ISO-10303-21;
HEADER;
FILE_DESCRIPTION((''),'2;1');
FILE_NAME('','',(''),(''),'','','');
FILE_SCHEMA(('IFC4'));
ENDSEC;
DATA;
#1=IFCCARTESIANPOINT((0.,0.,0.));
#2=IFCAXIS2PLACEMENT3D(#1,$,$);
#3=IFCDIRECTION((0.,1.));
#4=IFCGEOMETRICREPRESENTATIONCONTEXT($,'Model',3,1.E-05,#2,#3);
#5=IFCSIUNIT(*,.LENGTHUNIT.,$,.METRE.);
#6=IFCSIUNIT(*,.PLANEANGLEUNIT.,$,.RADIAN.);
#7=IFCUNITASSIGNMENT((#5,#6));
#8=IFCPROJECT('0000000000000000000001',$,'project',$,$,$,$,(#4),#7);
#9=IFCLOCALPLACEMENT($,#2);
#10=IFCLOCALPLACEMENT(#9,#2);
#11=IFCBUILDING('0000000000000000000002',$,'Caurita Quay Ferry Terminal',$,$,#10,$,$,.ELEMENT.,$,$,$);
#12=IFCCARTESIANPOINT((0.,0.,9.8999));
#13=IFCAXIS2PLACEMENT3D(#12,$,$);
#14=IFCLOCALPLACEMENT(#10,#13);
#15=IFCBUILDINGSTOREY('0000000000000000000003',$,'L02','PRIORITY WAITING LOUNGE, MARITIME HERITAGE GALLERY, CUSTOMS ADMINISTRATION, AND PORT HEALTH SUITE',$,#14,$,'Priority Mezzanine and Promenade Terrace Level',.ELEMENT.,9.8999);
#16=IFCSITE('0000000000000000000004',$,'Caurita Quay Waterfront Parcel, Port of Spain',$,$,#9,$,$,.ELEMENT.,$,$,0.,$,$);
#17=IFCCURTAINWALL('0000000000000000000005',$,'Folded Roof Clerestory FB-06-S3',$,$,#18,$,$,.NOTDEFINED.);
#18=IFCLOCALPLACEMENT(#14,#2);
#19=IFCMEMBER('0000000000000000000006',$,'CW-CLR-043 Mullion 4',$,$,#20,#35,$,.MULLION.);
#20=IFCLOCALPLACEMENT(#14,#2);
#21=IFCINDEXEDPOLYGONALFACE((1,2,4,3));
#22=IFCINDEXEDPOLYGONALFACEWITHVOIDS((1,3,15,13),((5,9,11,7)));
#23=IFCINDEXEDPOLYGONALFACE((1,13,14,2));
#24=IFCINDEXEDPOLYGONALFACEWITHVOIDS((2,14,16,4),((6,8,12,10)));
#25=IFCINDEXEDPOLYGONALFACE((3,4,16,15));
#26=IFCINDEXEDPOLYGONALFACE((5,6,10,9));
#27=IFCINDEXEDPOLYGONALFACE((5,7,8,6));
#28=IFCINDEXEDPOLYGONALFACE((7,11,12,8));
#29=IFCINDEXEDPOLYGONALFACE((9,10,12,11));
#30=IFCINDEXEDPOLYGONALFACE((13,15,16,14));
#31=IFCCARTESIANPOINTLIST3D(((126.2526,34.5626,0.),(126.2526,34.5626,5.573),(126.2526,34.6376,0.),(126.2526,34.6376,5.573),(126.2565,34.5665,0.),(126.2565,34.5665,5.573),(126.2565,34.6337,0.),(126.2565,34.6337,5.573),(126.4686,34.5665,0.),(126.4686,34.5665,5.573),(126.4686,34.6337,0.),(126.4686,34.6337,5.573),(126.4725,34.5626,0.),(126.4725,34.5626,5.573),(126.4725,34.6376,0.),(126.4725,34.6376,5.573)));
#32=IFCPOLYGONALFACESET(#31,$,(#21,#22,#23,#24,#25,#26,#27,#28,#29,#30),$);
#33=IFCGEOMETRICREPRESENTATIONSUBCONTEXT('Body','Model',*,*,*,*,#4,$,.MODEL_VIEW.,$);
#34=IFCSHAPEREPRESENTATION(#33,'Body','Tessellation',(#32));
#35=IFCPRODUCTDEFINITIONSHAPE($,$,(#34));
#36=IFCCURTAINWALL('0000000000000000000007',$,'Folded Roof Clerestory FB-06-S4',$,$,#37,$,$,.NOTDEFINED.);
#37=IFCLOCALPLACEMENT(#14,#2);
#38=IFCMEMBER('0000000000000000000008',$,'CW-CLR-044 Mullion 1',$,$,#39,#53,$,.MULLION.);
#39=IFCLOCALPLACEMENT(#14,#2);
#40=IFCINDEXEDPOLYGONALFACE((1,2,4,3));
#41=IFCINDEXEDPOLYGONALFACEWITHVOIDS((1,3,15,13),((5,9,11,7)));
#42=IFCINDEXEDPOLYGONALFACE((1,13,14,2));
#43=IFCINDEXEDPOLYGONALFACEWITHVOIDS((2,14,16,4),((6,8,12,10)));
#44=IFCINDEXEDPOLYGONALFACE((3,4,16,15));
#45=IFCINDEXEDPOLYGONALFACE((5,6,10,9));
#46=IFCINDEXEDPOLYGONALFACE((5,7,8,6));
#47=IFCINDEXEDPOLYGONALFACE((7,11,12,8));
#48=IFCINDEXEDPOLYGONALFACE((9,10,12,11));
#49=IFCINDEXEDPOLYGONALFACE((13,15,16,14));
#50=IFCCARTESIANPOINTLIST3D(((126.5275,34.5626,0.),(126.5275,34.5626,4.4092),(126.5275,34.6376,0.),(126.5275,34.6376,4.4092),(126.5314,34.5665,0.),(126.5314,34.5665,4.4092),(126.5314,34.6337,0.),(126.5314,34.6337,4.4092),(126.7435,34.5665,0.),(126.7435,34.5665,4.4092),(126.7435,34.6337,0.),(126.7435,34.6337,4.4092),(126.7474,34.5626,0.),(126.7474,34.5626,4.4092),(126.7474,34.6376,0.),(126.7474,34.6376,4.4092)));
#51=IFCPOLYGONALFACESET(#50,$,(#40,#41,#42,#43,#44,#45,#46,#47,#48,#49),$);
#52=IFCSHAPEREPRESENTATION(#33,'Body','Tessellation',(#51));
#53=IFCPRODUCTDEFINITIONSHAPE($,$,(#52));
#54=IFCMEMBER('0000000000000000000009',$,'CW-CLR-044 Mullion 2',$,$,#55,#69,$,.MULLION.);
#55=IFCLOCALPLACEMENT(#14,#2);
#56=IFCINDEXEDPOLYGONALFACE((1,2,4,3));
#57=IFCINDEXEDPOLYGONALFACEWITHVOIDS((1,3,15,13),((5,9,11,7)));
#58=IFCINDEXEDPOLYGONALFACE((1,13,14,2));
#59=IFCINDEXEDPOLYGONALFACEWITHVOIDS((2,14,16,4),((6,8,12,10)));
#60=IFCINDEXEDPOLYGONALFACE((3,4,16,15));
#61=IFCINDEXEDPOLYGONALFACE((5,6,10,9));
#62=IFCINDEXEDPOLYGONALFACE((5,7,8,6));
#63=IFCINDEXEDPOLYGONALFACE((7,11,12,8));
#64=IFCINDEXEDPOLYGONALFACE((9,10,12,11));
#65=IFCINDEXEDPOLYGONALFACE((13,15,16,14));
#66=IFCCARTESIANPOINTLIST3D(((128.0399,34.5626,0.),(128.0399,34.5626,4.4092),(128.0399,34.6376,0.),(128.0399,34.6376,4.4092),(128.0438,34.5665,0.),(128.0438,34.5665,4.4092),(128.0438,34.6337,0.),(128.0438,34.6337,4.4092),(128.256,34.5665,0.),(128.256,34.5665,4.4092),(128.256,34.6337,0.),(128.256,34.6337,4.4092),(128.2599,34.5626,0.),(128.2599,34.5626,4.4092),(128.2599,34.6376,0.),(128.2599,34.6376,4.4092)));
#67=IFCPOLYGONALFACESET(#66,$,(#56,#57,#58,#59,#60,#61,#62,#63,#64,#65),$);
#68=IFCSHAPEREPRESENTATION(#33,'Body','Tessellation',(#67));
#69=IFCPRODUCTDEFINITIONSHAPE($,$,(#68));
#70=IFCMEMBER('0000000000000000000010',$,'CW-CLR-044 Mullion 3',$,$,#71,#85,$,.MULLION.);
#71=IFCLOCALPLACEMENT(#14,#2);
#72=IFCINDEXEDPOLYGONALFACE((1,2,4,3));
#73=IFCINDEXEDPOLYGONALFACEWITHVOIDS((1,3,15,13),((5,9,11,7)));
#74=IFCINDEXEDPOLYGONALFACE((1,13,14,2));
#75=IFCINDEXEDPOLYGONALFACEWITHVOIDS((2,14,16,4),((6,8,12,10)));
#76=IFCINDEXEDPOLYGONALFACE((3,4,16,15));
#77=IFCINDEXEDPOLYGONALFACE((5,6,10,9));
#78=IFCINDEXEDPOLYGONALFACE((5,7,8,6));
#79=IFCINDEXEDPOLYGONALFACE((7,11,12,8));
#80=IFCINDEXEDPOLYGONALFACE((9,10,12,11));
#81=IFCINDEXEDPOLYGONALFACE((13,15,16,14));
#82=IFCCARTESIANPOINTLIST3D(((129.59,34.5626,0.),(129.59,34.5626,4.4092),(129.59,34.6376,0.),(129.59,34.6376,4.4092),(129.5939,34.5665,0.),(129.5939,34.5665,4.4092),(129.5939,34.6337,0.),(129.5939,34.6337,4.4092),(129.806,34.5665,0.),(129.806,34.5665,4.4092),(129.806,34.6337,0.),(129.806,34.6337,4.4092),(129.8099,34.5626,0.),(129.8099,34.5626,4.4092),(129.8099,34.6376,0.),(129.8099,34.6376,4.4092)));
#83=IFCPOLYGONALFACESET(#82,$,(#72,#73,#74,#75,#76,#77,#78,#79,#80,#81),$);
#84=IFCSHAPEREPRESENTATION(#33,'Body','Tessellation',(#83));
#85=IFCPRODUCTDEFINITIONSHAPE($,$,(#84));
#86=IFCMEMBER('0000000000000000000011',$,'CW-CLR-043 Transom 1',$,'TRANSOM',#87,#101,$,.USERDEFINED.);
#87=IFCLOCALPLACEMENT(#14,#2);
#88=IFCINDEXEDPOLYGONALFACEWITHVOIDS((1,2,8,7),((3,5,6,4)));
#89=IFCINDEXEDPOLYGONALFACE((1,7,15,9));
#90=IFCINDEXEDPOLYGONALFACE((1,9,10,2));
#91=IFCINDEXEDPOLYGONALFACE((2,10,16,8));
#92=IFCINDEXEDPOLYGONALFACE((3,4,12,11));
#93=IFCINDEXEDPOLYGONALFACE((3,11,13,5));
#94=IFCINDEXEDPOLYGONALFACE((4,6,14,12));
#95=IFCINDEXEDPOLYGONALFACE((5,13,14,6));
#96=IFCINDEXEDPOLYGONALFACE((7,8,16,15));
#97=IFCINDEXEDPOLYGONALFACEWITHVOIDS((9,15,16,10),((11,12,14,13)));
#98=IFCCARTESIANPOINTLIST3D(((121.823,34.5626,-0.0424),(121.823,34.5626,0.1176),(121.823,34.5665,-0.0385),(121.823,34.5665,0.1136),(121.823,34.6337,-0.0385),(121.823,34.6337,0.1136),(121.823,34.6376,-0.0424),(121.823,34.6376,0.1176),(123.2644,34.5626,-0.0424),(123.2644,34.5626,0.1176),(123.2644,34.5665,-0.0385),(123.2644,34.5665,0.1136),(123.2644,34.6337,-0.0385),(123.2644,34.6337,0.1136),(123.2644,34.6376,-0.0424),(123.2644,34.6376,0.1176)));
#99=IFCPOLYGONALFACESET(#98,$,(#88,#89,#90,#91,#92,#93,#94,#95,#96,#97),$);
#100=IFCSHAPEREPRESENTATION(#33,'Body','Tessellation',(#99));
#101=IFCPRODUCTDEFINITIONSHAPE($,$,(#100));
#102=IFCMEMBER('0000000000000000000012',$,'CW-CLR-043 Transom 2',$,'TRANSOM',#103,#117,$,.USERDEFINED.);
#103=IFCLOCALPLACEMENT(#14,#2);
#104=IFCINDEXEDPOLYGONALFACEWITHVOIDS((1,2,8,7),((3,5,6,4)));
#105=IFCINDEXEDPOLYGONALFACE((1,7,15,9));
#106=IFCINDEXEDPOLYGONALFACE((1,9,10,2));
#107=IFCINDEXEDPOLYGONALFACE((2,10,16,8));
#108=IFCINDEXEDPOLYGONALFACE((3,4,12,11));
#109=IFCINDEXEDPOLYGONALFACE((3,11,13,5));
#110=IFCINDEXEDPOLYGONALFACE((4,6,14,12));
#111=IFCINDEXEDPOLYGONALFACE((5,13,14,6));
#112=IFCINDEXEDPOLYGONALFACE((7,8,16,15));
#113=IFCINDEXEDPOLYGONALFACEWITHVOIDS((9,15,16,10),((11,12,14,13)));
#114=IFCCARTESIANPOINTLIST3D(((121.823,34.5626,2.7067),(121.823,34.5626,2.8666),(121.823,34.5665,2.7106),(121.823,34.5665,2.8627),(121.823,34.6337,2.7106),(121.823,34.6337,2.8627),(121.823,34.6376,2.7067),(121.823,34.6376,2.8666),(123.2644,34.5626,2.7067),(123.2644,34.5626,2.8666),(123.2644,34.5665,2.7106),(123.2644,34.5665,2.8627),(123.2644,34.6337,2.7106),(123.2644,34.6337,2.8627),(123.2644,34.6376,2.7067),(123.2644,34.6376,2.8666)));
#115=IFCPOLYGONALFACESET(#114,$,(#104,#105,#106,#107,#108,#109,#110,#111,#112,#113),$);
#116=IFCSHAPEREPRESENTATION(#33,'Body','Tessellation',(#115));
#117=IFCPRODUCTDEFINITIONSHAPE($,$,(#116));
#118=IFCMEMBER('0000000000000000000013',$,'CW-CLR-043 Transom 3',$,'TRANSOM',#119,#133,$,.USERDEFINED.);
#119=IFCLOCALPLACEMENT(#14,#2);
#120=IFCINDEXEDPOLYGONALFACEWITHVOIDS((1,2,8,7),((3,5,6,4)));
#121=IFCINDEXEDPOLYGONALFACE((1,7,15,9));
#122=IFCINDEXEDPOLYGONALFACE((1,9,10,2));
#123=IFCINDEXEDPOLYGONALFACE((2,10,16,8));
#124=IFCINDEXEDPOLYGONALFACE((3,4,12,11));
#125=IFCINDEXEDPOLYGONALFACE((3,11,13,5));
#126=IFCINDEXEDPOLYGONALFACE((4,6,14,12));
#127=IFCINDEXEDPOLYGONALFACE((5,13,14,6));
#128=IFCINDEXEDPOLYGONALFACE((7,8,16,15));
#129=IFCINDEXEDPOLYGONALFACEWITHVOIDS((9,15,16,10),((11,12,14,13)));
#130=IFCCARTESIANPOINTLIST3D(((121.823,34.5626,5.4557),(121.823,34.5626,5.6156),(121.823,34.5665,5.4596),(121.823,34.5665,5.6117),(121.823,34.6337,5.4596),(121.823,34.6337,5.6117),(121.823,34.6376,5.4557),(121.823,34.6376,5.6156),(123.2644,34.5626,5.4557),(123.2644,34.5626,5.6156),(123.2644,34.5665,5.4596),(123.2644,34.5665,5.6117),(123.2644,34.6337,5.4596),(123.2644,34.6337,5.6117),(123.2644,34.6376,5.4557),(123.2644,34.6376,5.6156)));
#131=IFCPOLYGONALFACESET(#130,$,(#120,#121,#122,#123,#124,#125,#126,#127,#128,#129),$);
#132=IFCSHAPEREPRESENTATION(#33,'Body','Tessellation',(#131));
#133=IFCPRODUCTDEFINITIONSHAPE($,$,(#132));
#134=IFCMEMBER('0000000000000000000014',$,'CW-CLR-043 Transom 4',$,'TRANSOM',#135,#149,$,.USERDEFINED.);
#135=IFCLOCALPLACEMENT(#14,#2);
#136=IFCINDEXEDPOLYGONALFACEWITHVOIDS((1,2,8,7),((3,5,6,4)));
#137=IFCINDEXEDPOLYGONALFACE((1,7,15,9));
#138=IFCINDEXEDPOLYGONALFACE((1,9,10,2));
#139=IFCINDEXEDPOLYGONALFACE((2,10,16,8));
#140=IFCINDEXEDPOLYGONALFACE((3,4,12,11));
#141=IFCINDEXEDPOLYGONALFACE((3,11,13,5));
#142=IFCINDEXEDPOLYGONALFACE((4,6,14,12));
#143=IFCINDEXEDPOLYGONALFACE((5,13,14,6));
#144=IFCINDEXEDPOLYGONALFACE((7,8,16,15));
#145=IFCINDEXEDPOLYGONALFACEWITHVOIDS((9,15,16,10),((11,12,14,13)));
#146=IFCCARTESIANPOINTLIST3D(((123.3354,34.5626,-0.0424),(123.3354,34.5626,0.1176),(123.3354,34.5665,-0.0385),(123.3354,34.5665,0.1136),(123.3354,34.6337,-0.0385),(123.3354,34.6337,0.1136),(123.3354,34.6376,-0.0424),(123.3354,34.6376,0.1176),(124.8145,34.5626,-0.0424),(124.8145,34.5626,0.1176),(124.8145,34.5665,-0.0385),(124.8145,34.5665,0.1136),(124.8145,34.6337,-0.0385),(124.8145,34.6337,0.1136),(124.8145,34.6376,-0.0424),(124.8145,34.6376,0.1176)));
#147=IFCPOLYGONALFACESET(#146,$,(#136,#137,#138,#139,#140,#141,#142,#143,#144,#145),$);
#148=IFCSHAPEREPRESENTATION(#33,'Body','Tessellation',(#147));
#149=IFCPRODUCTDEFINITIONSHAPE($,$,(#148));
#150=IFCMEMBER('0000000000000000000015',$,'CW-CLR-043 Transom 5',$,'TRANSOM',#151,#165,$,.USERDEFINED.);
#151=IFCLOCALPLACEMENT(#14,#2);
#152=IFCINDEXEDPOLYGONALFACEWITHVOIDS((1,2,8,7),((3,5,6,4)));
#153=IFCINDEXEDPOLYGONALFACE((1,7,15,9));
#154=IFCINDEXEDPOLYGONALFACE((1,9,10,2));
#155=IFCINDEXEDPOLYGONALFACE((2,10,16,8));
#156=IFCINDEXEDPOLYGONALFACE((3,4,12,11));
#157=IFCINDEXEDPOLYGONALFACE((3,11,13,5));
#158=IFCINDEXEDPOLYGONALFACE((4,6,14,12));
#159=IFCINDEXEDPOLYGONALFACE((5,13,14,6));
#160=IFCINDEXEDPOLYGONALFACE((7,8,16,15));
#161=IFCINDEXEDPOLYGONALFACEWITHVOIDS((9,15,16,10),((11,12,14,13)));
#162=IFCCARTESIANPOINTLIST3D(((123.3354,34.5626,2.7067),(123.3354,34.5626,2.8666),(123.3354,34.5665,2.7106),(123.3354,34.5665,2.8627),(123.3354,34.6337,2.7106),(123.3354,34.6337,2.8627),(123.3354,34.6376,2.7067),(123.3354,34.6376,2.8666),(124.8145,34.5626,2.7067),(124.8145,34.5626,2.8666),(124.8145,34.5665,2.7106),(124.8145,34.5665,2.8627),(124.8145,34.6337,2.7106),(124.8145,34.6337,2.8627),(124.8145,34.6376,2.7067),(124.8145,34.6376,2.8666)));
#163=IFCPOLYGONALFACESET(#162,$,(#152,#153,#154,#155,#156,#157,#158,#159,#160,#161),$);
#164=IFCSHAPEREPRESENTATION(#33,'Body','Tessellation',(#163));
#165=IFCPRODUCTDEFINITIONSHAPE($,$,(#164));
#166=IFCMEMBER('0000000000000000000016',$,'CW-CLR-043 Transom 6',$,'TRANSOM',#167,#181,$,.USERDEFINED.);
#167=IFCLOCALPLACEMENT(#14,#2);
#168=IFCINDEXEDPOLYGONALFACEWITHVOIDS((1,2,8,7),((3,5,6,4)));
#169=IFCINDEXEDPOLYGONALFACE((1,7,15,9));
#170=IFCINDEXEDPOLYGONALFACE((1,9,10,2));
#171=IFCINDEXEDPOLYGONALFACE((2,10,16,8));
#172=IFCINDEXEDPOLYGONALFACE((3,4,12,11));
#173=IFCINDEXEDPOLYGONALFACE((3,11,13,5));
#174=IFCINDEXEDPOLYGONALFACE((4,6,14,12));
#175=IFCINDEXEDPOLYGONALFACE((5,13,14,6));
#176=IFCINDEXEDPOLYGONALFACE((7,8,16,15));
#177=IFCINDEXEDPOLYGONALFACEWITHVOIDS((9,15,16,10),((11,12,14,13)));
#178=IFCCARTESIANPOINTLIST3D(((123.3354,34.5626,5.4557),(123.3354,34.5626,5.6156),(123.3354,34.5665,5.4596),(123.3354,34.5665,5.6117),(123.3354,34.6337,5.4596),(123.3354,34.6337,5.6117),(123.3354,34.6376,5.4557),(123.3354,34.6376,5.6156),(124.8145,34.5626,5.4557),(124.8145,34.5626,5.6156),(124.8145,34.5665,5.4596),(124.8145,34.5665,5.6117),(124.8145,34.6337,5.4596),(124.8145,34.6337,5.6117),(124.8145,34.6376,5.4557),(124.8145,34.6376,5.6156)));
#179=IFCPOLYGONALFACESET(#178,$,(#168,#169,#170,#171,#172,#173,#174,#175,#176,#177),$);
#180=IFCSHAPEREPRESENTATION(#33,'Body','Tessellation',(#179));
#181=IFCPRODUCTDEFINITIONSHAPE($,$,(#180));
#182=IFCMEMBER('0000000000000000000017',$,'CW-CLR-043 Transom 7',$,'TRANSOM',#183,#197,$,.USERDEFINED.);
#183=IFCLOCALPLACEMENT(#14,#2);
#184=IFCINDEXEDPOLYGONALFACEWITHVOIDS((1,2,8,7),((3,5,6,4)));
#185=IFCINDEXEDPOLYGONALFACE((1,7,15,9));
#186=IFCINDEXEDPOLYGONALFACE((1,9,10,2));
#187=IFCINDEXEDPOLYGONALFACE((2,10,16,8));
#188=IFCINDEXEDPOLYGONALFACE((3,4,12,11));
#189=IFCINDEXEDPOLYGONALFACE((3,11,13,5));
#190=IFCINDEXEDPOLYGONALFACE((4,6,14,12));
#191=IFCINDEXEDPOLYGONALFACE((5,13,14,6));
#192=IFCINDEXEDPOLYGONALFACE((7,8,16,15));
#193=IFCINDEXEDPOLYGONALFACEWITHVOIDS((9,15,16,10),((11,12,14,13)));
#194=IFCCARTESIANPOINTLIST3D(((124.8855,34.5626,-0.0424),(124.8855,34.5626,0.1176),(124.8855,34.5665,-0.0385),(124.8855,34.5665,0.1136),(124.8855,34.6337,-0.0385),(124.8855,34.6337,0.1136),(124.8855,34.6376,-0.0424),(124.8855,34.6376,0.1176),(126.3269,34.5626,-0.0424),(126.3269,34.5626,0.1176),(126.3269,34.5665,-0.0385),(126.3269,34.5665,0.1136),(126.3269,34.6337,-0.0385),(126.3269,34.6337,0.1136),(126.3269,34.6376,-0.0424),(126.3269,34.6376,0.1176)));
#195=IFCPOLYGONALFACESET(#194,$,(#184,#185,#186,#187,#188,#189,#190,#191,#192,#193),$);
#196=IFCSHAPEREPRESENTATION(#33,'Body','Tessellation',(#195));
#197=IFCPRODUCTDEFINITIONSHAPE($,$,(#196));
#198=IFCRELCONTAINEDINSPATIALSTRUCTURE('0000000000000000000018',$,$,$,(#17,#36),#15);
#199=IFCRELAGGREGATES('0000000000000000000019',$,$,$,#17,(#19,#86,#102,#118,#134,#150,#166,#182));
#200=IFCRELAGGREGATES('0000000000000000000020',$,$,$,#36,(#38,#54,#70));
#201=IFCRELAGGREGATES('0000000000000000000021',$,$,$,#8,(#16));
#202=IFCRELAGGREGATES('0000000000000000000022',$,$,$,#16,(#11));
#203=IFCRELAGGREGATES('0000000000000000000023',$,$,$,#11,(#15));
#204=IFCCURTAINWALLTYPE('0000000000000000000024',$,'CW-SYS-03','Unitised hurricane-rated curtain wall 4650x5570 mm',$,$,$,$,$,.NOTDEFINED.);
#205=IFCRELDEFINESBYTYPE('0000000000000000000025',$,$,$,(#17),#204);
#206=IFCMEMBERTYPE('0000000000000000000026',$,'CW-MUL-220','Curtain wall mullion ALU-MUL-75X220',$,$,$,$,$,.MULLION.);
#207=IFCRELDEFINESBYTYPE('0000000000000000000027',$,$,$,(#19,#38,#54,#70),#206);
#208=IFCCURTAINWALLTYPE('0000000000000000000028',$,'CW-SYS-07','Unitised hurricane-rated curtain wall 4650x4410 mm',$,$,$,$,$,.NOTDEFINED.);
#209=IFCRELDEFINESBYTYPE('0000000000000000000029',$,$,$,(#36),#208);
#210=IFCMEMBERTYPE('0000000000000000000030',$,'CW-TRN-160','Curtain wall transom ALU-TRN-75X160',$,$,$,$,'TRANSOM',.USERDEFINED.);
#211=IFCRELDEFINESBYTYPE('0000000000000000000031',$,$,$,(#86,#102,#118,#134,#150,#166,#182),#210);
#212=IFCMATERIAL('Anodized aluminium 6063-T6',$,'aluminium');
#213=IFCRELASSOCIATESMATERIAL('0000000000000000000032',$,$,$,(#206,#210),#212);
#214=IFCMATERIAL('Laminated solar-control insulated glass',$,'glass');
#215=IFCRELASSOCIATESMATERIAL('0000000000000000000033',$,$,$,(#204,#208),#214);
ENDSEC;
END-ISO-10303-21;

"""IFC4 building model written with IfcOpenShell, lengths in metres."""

from ifc_helpers import new_model, si_unit, direction, frame, origin, origin_2d, place, context, subcontext, project, spatial, hollow_rectangle, extrude, material, material_profile, profile_set, type_object, element, aggregate, save


model = new_model("IFC4")

# Units and contexts
model_context = context("Model", 3, precision=1e-05, world=origin(), true_north=direction((0.0, 1.0)))
body_context = subcontext(model_context, "Body", "Model", "MODEL_VIEW")
ifc_project = project(units=[si_unit("LENGTHUNIT", "METRE"), si_unit("PLANEANGLEUNIT", "RADIAN")], contexts=[model_context])

# Site, building, storey
site_placement = place(None, origin())
site = spatial("IfcSite", under=ifc_project, at=site_placement, Name="Caurita Quay Waterfront Parcel, Port of Spain", CompositionType="ELEMENT", RefElevation=0.0)
building_placement = place(site_placement, origin())
building = spatial("IfcBuilding", under=site, at=building_placement, Name="Caurita Quay Ferry Terminal", CompositionType="ELEMENT")
storey_placement = place(building_placement, frame((0.0, 0.0, 9.8999)))
storey = spatial("IfcBuildingStorey", under=building, at=storey_placement, Name="L02", Description="PRIORITY WAITING LOUNGE, MARITIME HERITAGE GALLERY, CUSTOMS ADMINISTRATION, AND PORT HEALTH SUITE", LongName="Priority Mezzanine and Promenade Terrace Level", CompositionType="ELEMENT", Elevation=9.8999)

# Shared definitions
ifc_material_1 = material(Name="Laminated solar-control insulated glass", Category="glass")
ifc_material_2 = material(Name="Anodized aluminium 6063-T6", Category="aluminium")
ifc_material_profile_1 = material_profile(ifc_material_2, hollow_rectangle(XDim=0.075, YDim=0.22, WallThickness=0.0039, at=origin_2d()), Name="ALU-MUL-75X220")
ifc_profile_set_1 = profile_set([ifc_material_profile_1], Name="Anodized aluminium 6063-T6")
member_type_1 = type_object("IfcMemberType", Name="CW-MUL-220", Description="Curtain wall mullion ALU-MUL-75X220", PredefinedType="MULLION", material=ifc_profile_set_1)

# Curtain walls, members
curtain_wall_type_1 = type_object("IfcCurtainWallType", Name="CW-SYS-03", Description="Unitised hurricane-rated curtain wall 4650x5570 mm", PredefinedType="NOTDEFINED", material=ifc_material_1)
curtain_wall_1_placement = place(storey_placement, origin())
curtain_wall_1 = element("IfcCurtainWall", 1, at=curtain_wall_1_placement, inside=storey, type_object=curtain_wall_type_1, Name="Folded Roof Clerestory FB-06-S3", PredefinedType="NOTDEFINED")
member_1_placement = place(storey_placement, frame((126.3625, 34.6001, 0.0), z_axis=(0.0, 0.0, 1.0), x_axis=(0.0, 1.0, 0.0)))
member_1 = element("IfcMember", 2, at=member_1_placement, type_object=member_type_1, Name="CW-CLR-043 Mullion 4", PredefinedType="MULLION", context=body_context, shape_type="SweptSolid", body=[
    extrude(hollow_rectangle(XDim=0.075, YDim=0.22, WallThickness=0.0039, at=origin_2d()), origin(), (0.0, 0.0, 1.0), 5.573),
])
curtain_wall_type_2 = type_object("IfcCurtainWallType", Name="CW-SYS-07", Description="Unitised hurricane-rated curtain wall 4650x4410 mm", PredefinedType="NOTDEFINED", material=ifc_material_1)
curtain_wall_2_placement = place(storey_placement, origin())
curtain_wall_2 = element("IfcCurtainWall", 3, at=curtain_wall_2_placement, inside=storey, type_object=curtain_wall_type_2, Name="Folded Roof Clerestory FB-06-S4", PredefinedType="NOTDEFINED")
member_2_placement = place(storey_placement, frame((126.6375, 34.6001, 0.0), z_axis=(0.0, 0.0, 1.0), x_axis=(0.0, 1.0, 0.0)))
member_2 = element("IfcMember", 4, at=member_2_placement, type_object=member_type_1, Name="CW-CLR-044 Mullion 1", PredefinedType="MULLION", context=body_context, shape_type="SweptSolid", body=[
    extrude(hollow_rectangle(XDim=0.075, YDim=0.22, WallThickness=0.0039, at=origin_2d()), origin(), (0.0, 0.0, 1.0), 4.4092),
])
member_3_placement = place(storey_placement, frame((128.1499, 34.6001, 0.0), z_axis=(0.0, 0.0, 1.0), x_axis=(0.0, 1.0, 0.0)))
member_3 = element("IfcMember", 5, at=member_3_placement, type_object=member_type_1, Name="CW-CLR-044 Mullion 2", PredefinedType="MULLION", context=body_context, shape_type="SweptSolid", body=[
    extrude(hollow_rectangle(XDim=0.075, YDim=0.22, WallThickness=0.0039, at=origin_2d()), origin(), (0.0, 0.0, 1.0), 4.4092),
])
member_4_placement = place(storey_placement, frame((129.7, 34.6001, 0.0), z_axis=(0.0, 0.0, 1.0), x_axis=(0.0, 1.0, 0.0)))
member_4 = element("IfcMember", 6, at=member_4_placement, type_object=member_type_1, Name="CW-CLR-044 Mullion 3", PredefinedType="MULLION", context=body_context, shape_type="SweptSolid", body=[
    extrude(hollow_rectangle(XDim=0.075, YDim=0.22, WallThickness=0.0039, at=origin_2d()), origin(), (0.0, 0.0, 1.0), 4.4092),
])

# Members
ifc_material_profile_2 = material_profile(ifc_material_2, hollow_rectangle(XDim=0.075, YDim=0.1599, WallThickness=0.0039, at=origin_2d()), Name="ALU-TRN-75X160")
ifc_profile_set_2 = profile_set([ifc_material_profile_2], Name="Anodized aluminium 6063-T6")
member_type_2 = type_object("IfcMemberType", Name="CW-TRN-160", Description="Curtain wall transom ALU-TRN-75X160", ElementType="TRANSOM", PredefinedType="USERDEFINED", material=ifc_profile_set_2)
member_5_placement = place(storey_placement, frame((121.823, 34.6001, 0.0376), z_axis=(1.0, 0.0, 0.0), x_axis=(0.0, 1.0, 0.0)))
member_5 = element("IfcMember", 7, at=member_5_placement, type_object=member_type_2, Name="CW-CLR-043 Transom 1", ObjectType="TRANSOM", PredefinedType="USERDEFINED", context=body_context, shape_type="SweptSolid", body=[
    extrude(hollow_rectangle(XDim=0.075, YDim=0.1599, WallThickness=0.0039, at=origin_2d()), origin(), (0.0, 0.0, 1.0), 1.4414),
])
member_6_placement = place(storey_placement, frame((121.823, 34.6001, 2.7866), z_axis=(1.0, 0.0, 0.0), x_axis=(0.0, 1.0, 0.0)))
member_6 = element("IfcMember", 8, at=member_6_placement, type_object=member_type_2, Name="CW-CLR-043 Transom 2", ObjectType="TRANSOM", PredefinedType="USERDEFINED", context=body_context, shape_type="SweptSolid", body=[
    extrude(hollow_rectangle(XDim=0.075, YDim=0.1599, WallThickness=0.0039, at=origin_2d()), origin(), (0.0, 0.0, 1.0), 1.4414),
])
member_7_placement = place(storey_placement, frame((121.823, 34.6001, 5.5356), z_axis=(1.0, 0.0, 0.0), x_axis=(0.0, 1.0, 0.0)))
member_7 = element("IfcMember", 9, at=member_7_placement, type_object=member_type_2, Name="CW-CLR-043 Transom 3", ObjectType="TRANSOM", PredefinedType="USERDEFINED", context=body_context, shape_type="SweptSolid", body=[
    extrude(hollow_rectangle(XDim=0.075, YDim=0.1599, WallThickness=0.0039, at=origin_2d()), origin(), (0.0, 0.0, 1.0), 1.4414),
])
member_8_placement = place(storey_placement, frame((123.3354, 34.6001, 0.0376), z_axis=(1.0, 0.0, 0.0), x_axis=(0.0, 1.0, 0.0)))
member_8 = element("IfcMember", 10, at=member_8_placement, type_object=member_type_2, Name="CW-CLR-043 Transom 4", ObjectType="TRANSOM", PredefinedType="USERDEFINED", context=body_context, shape_type="SweptSolid", body=[
    extrude(hollow_rectangle(XDim=0.075, YDim=0.1599, WallThickness=0.0039, at=origin_2d()), origin(), (0.0, 0.0, 1.0), 1.479),
])
member_9_placement = place(storey_placement, frame((123.3354, 34.6001, 2.7866), z_axis=(1.0, 0.0, 0.0), x_axis=(0.0, 1.0, 0.0)))
member_9 = element("IfcMember", 11, at=member_9_placement, type_object=member_type_2, Name="CW-CLR-043 Transom 5", ObjectType="TRANSOM", PredefinedType="USERDEFINED", context=body_context, shape_type="SweptSolid", body=[
    extrude(hollow_rectangle(XDim=0.075, YDim=0.1599, WallThickness=0.0039, at=origin_2d()), origin(), (0.0, 0.0, 1.0), 1.479),
])
member_10_placement = place(storey_placement, frame((123.3354, 34.6001, 5.5356), z_axis=(1.0, 0.0, 0.0), x_axis=(0.0, 1.0, 0.0)))
member_10 = element("IfcMember", 12, at=member_10_placement, type_object=member_type_2, Name="CW-CLR-043 Transom 6", ObjectType="TRANSOM", PredefinedType="USERDEFINED", context=body_context, shape_type="SweptSolid", body=[
    extrude(hollow_rectangle(XDim=0.075, YDim=0.1599, WallThickness=0.0039, at=origin_2d()), origin(), (0.0, 0.0, 1.0), 1.479),
])
member_11_placement = place(storey_placement, frame((124.8855, 34.6001, 0.0376), z_axis=(1.0, 0.0, 0.0), x_axis=(0.0, 1.0, 0.0)))
member_11 = element("IfcMember", 13, at=member_11_placement, type_object=member_type_2, Name="CW-CLR-043 Transom 7", ObjectType="TRANSOM", PredefinedType="USERDEFINED", context=body_context, shape_type="SweptSolid", body=[
    extrude(hollow_rectangle(XDim=0.075, YDim=0.1599, WallThickness=0.0039, at=origin_2d()), origin(), (0.0, 0.0, 1.0), 1.4414),
])

aggregate(curtain_wall_1, [member_1, member_5, member_6, member_7, member_8, member_9, member_10, member_11])
aggregate(curtain_wall_2, [member_2, member_3, member_4])

save(model, "model.ifc")
